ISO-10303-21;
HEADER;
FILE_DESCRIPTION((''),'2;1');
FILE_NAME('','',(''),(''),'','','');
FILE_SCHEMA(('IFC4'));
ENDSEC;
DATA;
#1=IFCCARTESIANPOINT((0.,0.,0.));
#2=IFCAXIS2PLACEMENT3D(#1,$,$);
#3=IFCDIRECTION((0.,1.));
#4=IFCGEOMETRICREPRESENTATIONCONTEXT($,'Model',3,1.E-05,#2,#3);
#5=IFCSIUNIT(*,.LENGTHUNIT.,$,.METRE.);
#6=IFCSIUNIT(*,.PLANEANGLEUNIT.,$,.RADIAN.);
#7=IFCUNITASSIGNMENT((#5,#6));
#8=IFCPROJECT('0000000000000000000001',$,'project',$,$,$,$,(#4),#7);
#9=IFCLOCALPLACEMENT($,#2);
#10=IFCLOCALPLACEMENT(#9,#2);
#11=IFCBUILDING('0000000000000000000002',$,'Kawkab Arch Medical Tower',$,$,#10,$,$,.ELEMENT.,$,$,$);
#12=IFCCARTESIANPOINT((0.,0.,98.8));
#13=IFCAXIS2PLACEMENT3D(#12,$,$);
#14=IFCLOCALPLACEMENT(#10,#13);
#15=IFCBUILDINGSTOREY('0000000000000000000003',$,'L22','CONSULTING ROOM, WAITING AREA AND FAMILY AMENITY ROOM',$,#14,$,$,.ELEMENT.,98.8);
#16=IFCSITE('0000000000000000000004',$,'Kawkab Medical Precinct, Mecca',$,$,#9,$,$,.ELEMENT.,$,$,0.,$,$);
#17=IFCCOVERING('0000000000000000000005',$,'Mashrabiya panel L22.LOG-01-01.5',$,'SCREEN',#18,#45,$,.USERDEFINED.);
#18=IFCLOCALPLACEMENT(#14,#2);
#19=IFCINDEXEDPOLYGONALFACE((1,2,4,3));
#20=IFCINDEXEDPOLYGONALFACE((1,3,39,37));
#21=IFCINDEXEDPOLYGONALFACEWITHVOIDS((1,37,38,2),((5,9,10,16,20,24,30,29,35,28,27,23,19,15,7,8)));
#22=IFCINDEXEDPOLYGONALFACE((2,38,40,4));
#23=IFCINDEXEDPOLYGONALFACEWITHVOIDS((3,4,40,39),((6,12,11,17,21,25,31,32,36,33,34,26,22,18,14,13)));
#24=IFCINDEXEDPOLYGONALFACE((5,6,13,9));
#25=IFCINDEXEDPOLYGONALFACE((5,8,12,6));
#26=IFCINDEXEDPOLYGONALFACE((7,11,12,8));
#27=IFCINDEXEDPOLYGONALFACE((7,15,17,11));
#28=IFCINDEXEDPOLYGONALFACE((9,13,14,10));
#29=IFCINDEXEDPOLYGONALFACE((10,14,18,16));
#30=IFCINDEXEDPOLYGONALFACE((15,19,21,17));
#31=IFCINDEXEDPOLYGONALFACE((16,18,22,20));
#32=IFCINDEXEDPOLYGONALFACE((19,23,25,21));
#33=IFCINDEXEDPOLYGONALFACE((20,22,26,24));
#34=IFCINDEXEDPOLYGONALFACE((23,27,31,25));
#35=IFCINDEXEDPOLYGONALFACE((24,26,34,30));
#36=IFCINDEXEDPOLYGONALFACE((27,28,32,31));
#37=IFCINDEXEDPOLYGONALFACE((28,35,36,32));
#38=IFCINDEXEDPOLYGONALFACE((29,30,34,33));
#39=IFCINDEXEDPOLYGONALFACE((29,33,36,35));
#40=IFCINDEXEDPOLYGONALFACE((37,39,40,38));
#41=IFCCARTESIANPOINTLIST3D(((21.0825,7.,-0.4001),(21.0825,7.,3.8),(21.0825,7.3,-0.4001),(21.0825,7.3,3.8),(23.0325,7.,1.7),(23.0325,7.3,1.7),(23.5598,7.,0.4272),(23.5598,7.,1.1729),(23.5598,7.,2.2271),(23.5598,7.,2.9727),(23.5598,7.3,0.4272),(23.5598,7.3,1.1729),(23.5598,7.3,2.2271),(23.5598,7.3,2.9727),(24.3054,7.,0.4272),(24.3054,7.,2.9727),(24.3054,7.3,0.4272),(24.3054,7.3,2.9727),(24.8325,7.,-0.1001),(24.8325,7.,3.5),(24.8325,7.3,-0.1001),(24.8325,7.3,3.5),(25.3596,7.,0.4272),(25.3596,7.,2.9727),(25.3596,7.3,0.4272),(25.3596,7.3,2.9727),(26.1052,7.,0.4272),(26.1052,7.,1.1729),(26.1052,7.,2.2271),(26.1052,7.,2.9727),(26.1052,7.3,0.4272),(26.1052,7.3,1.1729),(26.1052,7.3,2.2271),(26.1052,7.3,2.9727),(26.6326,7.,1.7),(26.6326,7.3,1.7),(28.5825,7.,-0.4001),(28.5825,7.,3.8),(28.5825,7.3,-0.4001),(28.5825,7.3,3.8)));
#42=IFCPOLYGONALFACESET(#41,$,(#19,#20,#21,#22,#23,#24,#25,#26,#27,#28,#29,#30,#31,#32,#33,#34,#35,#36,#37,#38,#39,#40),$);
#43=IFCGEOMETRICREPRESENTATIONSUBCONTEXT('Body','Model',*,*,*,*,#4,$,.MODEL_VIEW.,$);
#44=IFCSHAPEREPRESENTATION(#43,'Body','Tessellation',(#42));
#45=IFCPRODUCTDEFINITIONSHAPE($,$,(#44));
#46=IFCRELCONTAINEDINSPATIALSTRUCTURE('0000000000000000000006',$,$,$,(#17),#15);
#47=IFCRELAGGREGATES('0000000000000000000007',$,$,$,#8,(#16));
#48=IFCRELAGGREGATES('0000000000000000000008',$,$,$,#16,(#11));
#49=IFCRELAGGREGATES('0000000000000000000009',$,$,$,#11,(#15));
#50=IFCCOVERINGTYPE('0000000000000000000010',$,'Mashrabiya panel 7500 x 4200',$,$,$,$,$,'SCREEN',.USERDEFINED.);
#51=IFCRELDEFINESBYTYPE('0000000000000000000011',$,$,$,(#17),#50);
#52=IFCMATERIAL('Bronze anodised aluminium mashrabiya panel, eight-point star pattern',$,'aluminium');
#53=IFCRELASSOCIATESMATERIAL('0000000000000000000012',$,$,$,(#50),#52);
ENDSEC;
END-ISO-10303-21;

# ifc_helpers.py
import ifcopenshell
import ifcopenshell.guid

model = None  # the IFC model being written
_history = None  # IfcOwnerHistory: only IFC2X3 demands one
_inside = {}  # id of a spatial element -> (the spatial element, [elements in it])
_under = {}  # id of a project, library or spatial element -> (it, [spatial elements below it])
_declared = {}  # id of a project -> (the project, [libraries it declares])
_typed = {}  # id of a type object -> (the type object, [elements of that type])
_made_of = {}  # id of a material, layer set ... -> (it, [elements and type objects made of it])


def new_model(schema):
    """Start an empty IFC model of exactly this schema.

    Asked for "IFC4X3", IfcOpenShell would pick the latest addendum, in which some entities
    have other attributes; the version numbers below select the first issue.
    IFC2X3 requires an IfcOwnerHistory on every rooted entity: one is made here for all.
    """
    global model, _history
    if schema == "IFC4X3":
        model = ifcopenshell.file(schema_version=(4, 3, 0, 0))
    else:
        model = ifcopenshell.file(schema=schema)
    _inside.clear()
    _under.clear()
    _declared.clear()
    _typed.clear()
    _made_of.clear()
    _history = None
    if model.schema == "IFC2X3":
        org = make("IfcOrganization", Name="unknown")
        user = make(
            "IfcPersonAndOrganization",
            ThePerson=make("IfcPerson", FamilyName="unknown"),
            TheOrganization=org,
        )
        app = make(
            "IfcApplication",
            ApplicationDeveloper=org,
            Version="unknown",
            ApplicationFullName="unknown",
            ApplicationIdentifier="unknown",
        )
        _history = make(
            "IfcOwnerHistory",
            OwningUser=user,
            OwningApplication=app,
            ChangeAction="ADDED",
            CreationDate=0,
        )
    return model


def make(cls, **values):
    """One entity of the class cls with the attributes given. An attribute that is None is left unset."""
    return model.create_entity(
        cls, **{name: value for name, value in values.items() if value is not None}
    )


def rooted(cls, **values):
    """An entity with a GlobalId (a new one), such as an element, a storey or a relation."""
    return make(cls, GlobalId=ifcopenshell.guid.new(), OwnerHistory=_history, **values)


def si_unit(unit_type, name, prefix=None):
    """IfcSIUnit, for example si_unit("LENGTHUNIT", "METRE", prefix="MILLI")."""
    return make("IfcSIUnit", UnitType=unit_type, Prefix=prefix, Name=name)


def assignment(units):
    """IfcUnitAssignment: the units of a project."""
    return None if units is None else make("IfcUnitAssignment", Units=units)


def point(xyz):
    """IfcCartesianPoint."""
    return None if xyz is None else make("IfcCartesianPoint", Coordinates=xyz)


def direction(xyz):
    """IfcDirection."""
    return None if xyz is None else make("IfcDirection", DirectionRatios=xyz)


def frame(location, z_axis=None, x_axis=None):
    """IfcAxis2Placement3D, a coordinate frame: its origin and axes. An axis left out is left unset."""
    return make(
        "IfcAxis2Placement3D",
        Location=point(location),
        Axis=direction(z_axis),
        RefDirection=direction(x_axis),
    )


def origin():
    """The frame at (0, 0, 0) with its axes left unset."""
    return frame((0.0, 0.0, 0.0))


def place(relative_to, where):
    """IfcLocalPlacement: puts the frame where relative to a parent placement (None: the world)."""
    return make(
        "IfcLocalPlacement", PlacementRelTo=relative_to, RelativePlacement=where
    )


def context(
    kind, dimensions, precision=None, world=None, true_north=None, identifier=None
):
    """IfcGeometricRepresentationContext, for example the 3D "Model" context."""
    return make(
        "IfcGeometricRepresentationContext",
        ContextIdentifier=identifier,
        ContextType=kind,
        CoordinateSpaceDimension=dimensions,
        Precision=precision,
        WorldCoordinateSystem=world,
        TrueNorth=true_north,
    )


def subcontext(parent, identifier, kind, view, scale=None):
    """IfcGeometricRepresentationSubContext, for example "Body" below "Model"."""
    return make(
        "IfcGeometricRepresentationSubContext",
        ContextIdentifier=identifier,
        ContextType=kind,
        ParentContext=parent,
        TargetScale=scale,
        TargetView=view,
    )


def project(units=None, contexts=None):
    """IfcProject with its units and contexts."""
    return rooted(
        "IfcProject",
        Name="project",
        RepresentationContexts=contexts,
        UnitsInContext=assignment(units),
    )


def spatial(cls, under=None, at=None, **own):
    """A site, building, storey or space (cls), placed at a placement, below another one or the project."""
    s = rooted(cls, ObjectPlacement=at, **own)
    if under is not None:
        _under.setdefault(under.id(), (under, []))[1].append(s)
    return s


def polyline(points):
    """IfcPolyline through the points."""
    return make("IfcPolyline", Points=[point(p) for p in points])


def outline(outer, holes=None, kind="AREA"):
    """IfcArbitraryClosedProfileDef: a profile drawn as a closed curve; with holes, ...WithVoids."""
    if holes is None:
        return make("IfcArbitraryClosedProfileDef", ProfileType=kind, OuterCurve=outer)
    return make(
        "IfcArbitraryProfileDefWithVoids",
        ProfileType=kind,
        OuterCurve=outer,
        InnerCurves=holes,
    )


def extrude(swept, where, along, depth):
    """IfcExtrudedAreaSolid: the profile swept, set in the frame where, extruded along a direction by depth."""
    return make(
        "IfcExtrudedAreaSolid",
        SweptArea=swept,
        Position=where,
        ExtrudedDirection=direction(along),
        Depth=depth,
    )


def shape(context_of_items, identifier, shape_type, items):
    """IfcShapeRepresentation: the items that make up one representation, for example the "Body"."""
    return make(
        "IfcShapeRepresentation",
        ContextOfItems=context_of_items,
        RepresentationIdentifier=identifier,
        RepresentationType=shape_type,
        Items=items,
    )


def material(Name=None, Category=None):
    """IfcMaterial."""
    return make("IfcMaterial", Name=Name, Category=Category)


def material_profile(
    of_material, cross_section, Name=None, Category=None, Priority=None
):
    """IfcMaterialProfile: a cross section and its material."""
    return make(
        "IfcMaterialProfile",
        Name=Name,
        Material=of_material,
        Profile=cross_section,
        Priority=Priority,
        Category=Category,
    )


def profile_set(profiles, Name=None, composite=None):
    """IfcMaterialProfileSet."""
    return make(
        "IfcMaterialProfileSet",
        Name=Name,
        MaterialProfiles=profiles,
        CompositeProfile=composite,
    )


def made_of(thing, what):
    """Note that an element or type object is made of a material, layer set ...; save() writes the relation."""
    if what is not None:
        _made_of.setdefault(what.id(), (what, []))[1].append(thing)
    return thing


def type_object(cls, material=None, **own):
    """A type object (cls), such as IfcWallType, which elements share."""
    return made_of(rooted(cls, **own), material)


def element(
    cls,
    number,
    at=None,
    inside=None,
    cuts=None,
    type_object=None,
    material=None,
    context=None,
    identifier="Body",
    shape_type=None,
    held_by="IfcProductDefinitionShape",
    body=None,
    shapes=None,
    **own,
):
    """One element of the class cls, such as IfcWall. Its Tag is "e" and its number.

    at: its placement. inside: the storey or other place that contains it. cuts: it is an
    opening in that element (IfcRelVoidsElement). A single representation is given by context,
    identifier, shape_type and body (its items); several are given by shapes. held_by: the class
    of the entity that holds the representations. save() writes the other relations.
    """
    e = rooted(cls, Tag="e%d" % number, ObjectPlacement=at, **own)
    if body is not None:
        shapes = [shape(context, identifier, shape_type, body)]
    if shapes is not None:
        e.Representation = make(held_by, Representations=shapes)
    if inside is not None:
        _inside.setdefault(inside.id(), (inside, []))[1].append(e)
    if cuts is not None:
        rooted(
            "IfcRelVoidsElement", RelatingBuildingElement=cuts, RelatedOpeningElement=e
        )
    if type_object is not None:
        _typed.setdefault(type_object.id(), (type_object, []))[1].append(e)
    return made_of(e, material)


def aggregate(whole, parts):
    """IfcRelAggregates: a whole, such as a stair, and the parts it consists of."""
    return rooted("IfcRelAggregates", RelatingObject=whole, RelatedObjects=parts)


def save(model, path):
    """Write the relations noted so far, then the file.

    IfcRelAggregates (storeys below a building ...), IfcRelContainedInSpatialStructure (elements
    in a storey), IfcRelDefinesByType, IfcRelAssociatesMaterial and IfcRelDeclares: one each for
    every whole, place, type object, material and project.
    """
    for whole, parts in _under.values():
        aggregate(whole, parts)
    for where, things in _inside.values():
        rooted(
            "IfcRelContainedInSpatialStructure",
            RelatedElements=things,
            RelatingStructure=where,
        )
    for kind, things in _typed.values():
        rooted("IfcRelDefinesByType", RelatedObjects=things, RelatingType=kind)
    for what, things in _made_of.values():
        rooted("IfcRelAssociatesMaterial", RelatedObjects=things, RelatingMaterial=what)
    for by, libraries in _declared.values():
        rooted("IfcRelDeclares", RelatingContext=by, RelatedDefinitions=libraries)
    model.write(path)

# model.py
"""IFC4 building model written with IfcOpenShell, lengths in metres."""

from ifc_helpers import new_model, si_unit, direction, frame, origin, place, context, subcontext, project, spatial, polyline, outline, extrude, material, material_profile, profile_set, type_object, element, save


model = new_model("IFC4")

# Units and contexts
model_context = context("Model", 3, precision=1e-05, world=origin(), true_north=direction((0.0, 1.0)))
body_context = subcontext(model_context, "Body", "Model", "MODEL_VIEW")
ifc_project = project(units=[si_unit("LENGTHUNIT", "METRE"), si_unit("PLANEANGLEUNIT", "RADIAN")], contexts=[model_context])

# Site, building, storey
site_placement = place(None, origin())
site = spatial("IfcSite", under=ifc_project, at=site_placement, Name="Kawkab Medical Precinct, Mecca", CompositionType="ELEMENT", RefElevation=0.0)
building_placement = place(site_placement, origin())
building = spatial("IfcBuilding", under=site, at=building_placement, Name="Kawkab Arch Medical Tower", CompositionType="ELEMENT")
storey_placement = place(building_placement, frame((0.0, 0.0, 98.8)))
storey = spatial("IfcBuildingStorey", under=building, at=storey_placement, Name="L22", Description="CONSULTING ROOM, WAITING AREA AND FAMILY AMENITY ROOM", CompositionType="ELEMENT", Elevation=98.8)

# Covering
ifc_material_1 = material(Name="Bronze anodised aluminium mashrabiya panel, eight-point star pattern", Category="aluminium")
ifc_material_profile_1 = material_profile(ifc_material_1, outline(polyline([(-3.75, -2.1001), (3.75, -2.1001), (3.75, 2.1001), (-3.75, 2.1001), (-3.75, -2.1001)]), holes=[polyline([(1.8, 0.0), (1.2727, 0.5271), (1.2727, 1.2727), (0.5271, 1.2727), (0.0, 1.8), (-0.5271, 1.2727), (-1.2727, 1.2727), (-1.2727, 0.5271), (-1.8, 0.0), (-1.2727, -0.5271), (-1.2727, -1.2727), (-0.5271, -1.2727), (0.0, -1.8), (0.5271, -1.2727), (1.2727, -1.2727), (1.2727, -0.5271), (1.8, 0.0)])]), Name="Mashrabiya panel 7500x4200")
ifc_profile_set_1 = profile_set([ifc_material_profile_1], Name="Bronze anodised aluminium mashrabiya panel, eight-point star pattern")
covering_type = type_object("IfcCoveringType", Name="Mashrabiya panel 7500 x 4200", ElementType="SCREEN", PredefinedType="USERDEFINED", material=ifc_profile_set_1)
covering_placement = place(storey_placement, frame((24.8325, 7.0, 1.7), z_axis=(0.0, 1.0, 0.0), x_axis=(-1.0, 0.0, 0.0)))
element("IfcCovering", 1, at=covering_placement, inside=storey, type_object=covering_type, Name="Mashrabiya panel L22.LOG-01-01.5", ObjectType="SCREEN", PredefinedType="USERDEFINED", context=body_context, shape_type="SweptSolid", body=[
    extrude(outline(polyline([(-3.75, -2.1001), (3.75, -2.1001), (3.75, 2.1001), (-3.75, 2.1001), (-3.75, -2.1001)]), holes=[polyline([(1.8, 0.0), (1.2727, 0.5271), (1.2727, 1.2727), (0.5271, 1.2727), (0.0, 1.8), (-0.5271, 1.2727), (-1.2727, 1.2727), (-1.2727, 0.5271), (-1.8, 0.0), (-1.2727, -0.5271), (-1.2727, -1.2727), (-0.5271, -1.2727), (0.0, -1.8), (0.5271, -1.2727), (1.2727, -1.2727), (1.2727, -0.5271), (1.8, 0.0)])]), origin(), (0.0, 0.0, 1.0), 0.3),
])

save(model, "model.ifc")
